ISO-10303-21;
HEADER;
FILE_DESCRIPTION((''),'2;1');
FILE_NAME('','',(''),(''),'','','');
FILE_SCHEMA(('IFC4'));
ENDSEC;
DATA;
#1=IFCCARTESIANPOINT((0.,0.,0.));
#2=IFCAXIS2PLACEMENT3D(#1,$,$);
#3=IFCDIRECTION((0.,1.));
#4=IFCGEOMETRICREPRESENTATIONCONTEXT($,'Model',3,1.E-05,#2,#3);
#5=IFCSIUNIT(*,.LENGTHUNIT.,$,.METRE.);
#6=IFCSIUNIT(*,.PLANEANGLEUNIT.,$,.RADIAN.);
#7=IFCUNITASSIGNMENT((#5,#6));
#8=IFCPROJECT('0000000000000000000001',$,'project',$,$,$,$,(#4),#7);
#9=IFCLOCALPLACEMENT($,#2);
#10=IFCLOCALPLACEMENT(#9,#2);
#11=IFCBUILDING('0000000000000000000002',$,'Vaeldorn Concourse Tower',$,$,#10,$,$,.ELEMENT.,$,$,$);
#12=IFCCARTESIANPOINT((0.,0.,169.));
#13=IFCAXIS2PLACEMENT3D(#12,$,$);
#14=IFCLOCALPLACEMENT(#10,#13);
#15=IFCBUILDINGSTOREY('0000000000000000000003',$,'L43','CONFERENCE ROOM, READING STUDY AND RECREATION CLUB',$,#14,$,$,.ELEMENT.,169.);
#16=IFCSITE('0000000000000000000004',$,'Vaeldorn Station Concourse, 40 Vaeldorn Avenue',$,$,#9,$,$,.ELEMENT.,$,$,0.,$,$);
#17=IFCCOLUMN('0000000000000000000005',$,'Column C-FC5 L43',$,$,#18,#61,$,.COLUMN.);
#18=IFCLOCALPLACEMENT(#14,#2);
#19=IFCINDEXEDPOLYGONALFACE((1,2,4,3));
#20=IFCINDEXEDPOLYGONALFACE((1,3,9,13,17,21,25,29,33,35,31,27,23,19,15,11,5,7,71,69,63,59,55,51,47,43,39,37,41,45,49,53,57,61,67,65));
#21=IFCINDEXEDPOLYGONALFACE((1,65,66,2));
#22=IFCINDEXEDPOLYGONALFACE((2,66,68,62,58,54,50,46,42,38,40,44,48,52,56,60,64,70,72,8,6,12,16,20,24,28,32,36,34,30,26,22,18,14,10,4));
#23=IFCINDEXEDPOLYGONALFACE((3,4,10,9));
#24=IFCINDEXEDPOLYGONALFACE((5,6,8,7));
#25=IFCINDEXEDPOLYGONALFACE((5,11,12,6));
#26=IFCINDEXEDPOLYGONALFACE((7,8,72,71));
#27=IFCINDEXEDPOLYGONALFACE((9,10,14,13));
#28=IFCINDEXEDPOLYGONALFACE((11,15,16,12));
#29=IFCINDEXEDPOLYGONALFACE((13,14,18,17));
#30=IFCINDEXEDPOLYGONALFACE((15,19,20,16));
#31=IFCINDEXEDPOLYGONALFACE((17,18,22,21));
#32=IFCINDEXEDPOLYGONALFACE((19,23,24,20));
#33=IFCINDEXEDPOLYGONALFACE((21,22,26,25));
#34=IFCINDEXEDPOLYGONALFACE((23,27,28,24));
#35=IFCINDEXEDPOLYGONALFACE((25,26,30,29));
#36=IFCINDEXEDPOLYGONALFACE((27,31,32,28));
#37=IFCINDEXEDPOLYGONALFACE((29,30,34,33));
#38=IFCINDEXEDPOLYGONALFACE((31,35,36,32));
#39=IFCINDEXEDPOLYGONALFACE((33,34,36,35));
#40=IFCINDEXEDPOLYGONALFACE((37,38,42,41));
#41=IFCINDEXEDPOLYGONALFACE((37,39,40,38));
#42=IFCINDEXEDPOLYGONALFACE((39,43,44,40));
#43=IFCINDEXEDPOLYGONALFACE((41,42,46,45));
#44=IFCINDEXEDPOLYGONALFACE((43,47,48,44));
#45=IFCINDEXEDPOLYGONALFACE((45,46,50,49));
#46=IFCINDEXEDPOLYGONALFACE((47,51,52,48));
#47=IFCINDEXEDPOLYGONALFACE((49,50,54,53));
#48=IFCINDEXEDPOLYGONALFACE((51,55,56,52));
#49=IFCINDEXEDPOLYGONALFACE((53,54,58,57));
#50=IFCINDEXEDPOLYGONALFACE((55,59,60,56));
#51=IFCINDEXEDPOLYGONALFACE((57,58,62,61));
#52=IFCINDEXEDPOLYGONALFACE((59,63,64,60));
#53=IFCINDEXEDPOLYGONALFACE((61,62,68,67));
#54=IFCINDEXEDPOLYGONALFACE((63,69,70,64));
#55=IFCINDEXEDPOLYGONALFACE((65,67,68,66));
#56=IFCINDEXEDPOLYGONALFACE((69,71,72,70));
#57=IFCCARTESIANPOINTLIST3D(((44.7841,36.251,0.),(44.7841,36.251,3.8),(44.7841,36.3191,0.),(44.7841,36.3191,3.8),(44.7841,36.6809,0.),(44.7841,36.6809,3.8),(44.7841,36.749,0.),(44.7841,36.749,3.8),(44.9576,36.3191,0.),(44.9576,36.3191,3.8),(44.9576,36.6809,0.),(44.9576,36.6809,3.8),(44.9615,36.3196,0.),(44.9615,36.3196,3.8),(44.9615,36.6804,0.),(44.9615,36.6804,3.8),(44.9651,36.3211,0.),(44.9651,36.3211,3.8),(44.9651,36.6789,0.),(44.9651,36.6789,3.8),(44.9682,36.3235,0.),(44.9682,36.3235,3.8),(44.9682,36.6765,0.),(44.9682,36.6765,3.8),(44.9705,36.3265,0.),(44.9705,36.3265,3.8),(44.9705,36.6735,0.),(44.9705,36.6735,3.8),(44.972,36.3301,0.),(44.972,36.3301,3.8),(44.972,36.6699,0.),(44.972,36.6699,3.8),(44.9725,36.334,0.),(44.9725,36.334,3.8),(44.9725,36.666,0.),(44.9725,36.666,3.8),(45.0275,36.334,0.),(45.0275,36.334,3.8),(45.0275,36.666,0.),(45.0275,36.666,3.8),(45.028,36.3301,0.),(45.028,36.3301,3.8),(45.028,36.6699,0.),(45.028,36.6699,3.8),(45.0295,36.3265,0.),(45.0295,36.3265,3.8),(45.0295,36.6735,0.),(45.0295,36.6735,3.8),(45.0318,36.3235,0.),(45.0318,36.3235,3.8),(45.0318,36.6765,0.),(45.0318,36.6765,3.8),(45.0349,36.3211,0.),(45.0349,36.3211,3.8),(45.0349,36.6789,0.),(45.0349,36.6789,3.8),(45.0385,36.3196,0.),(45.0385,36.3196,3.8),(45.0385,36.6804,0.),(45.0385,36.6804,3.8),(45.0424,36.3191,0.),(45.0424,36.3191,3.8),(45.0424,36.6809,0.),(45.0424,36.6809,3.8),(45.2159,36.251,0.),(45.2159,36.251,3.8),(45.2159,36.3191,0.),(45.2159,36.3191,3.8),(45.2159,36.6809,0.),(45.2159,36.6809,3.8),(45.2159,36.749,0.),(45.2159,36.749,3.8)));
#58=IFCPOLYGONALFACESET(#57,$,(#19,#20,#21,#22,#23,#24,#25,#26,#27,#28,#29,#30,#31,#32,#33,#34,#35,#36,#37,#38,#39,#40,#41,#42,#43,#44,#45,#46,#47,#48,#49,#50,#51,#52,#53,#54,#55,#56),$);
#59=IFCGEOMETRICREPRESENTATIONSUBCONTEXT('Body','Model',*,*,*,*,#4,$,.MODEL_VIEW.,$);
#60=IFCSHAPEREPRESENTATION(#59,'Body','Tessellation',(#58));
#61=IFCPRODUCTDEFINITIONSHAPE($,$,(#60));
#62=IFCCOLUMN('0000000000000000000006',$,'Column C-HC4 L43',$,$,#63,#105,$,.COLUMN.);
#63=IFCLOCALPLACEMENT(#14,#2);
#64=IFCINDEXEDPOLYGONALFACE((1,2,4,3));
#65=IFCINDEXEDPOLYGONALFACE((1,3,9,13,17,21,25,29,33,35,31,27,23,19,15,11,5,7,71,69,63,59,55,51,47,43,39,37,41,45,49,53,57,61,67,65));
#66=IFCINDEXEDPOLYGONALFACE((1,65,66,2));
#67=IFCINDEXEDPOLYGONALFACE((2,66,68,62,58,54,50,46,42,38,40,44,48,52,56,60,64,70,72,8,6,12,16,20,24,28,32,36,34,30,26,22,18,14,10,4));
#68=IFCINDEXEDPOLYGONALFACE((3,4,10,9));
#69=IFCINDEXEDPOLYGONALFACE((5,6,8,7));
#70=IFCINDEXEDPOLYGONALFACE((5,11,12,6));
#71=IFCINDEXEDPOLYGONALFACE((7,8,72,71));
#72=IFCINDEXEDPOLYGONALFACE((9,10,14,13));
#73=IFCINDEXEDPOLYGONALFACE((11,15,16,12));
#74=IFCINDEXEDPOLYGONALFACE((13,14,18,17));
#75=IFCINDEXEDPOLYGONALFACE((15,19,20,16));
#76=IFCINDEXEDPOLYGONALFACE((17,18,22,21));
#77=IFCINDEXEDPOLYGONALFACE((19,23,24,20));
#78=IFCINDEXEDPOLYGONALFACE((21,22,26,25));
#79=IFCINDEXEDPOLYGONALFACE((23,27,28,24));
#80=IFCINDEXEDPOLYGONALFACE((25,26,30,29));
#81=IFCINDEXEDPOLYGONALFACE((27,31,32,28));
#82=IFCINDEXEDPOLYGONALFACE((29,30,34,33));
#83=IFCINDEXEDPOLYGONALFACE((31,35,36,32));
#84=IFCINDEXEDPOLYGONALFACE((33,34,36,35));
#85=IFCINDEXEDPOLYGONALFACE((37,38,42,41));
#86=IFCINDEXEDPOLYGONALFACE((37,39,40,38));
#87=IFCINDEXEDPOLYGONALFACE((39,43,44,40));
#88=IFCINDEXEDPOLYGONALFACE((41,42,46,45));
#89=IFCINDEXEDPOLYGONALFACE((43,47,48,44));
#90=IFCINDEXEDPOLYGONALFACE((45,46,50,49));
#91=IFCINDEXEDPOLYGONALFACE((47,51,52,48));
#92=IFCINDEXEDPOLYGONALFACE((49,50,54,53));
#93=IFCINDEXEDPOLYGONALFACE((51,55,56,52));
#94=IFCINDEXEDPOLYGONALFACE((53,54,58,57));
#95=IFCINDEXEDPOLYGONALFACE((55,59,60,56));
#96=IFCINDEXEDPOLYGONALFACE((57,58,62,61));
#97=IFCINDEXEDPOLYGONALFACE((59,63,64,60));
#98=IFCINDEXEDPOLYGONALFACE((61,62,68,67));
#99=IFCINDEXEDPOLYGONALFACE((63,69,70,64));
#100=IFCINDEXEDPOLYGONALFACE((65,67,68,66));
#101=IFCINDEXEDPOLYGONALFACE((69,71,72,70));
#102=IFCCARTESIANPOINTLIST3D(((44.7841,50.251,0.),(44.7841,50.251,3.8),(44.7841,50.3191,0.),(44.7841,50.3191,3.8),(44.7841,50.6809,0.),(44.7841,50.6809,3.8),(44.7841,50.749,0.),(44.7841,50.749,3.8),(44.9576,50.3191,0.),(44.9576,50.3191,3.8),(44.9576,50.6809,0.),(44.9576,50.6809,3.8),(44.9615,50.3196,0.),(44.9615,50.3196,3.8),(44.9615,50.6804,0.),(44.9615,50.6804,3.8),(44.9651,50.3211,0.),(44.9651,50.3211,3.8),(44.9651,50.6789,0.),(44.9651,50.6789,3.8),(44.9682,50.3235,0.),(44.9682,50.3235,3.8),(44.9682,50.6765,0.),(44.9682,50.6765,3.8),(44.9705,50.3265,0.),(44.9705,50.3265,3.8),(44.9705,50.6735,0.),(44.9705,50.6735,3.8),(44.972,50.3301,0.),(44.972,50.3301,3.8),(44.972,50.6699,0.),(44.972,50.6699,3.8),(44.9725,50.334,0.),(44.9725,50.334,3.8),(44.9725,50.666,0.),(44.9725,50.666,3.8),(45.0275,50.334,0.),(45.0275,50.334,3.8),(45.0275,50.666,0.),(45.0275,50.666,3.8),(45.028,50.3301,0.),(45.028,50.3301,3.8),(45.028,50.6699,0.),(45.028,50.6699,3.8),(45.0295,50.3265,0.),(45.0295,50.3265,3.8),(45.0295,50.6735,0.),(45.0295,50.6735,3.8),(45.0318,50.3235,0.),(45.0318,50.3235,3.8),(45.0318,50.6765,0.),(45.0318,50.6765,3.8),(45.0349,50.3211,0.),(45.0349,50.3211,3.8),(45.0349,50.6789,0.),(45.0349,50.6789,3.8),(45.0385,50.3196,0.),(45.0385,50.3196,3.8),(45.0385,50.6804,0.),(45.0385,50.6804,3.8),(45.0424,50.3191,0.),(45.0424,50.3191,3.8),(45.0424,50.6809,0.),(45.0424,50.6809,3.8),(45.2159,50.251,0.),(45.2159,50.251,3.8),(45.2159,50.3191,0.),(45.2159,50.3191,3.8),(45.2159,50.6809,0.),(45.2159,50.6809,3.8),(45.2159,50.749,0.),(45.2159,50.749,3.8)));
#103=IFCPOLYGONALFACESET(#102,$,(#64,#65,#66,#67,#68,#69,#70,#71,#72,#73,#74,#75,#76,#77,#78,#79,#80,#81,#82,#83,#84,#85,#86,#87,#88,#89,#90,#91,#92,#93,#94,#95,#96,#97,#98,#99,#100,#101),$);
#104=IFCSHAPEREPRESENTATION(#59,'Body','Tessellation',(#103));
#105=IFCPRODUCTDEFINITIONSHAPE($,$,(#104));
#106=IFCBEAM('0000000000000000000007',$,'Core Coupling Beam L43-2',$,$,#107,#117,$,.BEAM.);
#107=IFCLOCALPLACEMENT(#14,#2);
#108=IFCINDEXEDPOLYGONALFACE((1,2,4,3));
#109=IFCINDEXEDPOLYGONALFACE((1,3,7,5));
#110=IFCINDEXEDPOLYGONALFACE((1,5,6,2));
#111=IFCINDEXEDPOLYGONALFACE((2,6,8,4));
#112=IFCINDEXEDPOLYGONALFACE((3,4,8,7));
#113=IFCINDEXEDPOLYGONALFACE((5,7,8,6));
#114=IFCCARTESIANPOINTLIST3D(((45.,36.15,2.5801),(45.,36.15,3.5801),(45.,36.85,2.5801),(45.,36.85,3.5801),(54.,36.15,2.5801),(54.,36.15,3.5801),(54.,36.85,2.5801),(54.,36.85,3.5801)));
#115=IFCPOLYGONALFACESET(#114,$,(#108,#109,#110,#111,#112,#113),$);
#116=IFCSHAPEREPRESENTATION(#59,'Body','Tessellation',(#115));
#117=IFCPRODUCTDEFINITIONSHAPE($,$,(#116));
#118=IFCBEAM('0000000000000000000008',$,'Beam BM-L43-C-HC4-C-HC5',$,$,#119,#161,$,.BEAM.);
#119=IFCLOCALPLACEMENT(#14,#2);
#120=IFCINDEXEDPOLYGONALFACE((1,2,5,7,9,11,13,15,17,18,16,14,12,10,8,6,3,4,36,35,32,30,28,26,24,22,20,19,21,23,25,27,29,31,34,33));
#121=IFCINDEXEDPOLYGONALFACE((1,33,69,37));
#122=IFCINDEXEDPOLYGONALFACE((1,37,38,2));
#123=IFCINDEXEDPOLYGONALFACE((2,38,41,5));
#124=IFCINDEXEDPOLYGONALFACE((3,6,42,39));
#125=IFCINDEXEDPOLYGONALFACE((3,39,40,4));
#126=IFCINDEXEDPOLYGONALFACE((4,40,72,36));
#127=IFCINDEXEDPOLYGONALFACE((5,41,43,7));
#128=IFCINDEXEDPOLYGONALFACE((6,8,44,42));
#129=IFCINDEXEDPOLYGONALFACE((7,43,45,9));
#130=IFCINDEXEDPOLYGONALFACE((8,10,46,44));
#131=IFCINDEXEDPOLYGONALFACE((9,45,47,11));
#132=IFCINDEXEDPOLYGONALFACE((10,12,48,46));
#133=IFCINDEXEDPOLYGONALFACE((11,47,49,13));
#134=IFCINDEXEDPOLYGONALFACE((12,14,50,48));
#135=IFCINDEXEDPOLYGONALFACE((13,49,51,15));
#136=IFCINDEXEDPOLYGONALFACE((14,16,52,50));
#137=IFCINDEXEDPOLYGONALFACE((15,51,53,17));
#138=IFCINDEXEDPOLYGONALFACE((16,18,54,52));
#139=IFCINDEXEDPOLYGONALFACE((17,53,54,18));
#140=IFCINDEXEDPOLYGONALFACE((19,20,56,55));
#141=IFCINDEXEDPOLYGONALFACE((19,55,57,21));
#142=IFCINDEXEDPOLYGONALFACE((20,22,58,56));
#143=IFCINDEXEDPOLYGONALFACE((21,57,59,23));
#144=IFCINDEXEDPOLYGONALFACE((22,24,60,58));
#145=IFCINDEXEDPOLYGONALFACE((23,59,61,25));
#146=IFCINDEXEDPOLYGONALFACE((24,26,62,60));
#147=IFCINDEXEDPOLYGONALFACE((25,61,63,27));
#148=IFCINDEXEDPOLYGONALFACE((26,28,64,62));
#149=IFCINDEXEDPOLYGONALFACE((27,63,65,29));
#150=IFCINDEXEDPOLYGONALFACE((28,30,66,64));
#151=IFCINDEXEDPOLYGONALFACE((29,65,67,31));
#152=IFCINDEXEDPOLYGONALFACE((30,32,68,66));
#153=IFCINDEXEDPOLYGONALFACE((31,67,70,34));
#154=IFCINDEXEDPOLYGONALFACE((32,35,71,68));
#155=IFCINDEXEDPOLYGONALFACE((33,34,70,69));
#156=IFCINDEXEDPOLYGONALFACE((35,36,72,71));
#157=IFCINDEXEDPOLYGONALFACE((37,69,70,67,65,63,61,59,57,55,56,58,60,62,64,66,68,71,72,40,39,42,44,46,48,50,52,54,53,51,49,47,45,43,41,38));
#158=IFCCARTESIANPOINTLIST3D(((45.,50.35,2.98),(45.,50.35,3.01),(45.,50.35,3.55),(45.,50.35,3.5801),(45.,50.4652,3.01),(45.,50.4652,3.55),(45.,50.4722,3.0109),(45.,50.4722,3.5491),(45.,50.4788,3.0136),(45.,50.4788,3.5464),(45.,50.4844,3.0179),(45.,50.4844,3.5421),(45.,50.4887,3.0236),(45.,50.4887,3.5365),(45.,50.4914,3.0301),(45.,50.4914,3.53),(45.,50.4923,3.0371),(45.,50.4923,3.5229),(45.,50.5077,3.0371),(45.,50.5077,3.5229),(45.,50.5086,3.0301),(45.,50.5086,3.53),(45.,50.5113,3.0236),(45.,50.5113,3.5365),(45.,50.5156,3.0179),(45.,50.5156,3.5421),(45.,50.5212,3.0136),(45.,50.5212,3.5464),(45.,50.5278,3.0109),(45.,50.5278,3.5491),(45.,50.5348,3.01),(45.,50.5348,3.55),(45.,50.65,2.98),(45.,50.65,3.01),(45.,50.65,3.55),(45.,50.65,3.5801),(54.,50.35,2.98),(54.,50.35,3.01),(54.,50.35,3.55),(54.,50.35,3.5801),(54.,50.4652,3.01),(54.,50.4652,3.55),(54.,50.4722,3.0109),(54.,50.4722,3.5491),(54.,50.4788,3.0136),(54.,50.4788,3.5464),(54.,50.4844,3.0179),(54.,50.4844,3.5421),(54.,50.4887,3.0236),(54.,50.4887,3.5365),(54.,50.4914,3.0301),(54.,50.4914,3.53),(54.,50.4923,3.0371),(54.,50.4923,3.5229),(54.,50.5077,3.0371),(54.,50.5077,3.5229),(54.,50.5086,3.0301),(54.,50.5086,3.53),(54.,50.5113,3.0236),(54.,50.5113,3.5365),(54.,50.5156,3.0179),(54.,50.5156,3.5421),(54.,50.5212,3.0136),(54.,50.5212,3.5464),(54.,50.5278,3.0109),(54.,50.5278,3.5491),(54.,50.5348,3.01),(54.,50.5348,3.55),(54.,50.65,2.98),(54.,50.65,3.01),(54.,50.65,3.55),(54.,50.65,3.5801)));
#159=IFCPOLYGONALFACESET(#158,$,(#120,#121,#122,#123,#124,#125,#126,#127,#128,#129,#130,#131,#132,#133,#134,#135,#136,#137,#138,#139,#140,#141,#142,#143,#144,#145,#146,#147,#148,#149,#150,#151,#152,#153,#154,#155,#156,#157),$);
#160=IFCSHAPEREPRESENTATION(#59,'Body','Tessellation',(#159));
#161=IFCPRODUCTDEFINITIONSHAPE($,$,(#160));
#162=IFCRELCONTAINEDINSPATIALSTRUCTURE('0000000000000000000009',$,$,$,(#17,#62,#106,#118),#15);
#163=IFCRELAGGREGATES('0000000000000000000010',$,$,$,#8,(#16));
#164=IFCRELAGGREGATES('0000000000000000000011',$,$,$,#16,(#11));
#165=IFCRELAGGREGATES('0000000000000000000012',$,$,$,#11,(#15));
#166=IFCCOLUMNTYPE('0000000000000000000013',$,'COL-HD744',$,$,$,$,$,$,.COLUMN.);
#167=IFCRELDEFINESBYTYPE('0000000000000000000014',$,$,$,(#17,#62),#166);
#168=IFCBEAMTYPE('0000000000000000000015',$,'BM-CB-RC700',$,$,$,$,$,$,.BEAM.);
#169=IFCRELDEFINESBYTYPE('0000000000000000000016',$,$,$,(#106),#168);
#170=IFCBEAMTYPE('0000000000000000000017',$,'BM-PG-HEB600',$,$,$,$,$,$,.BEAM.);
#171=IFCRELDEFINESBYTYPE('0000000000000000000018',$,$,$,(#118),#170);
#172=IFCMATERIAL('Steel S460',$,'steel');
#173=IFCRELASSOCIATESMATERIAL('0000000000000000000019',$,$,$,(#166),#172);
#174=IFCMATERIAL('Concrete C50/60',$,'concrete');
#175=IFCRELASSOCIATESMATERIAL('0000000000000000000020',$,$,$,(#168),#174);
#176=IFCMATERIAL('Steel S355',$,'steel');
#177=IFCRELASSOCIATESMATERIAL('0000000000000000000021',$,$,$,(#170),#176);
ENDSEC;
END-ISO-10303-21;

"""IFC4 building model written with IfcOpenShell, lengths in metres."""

from ifc_helpers import new_model, si_unit, direction, frame, origin, origin_2d, place, context, subcontext, project, spatial, rectangle, i_section, extrude, source, transform, mapped, material, material_profile, profile_set, type_object, element, save


model = new_model("IFC4")

# Units and contexts
model_context = context("Model", 3, precision=1e-05, world=origin(), true_north=direction((0.0, 1.0)))
body_context = subcontext(model_context, "Body", "Model", "MODEL_VIEW")
ifc_project = project(units=[si_unit("LENGTHUNIT", "METRE"), si_unit("PLANEANGLEUNIT", "RADIAN")], contexts=[model_context])

# Site, building, storey
site_placement = place(None, origin())
site = spatial("IfcSite", under=ifc_project, at=site_placement, Name="Vaeldorn Station Concourse, 40 Vaeldorn Avenue", CompositionType="ELEMENT", RefElevation=0.0)
building_placement = place(site_placement, origin())
building = spatial("IfcBuilding", under=site, at=building_placement, Name="Vaeldorn Concourse Tower", CompositionType="ELEMENT")
storey_placement = place(building_placement, frame((0.0, 0.0, 169.0)))
storey = spatial("IfcBuildingStorey", under=building, at=storey_placement, Name="L43", Description="CONFERENCE ROOM, READING STUDY AND RECREATION CLUB", CompositionType="ELEMENT", Elevation=169.0)

# Columns
ifc_material_1 = material(Name="Steel S460", Category="steel")
ifc_material_profile_1 = material_profile(ifc_material_1, i_section(OverallWidth=0.4319, OverallDepth=0.498, WebThickness=0.0549, FlangeThickness=0.0681, FilletRadius=0.0149, at=origin_2d()), Name="HD 400x744")
ifc_profile_set_1 = profile_set([ifc_material_profile_1], Name="Steel S460")
column_type = type_object("IfcColumnType", Name="COL-HD744", PredefinedType="COLUMN", material=ifc_profile_set_1)
shared_shape_1 = source(origin(), body_context, "Body", "SweptSolid", [
    extrude(i_section(OverallWidth=0.4319, OverallDepth=0.498, WebThickness=0.0549, FlangeThickness=0.0681, FilletRadius=0.0149, at=origin_2d()), origin(), (0.0, 0.0, 1.0), 3.8),
])
for number, where, z_axis, x_axis, name in (
    (1, (45.0, 36.5, 0.0), (0.0, 0.0, 1.0), (1.0, 0.0, 0.0), "Column C-FC5 L43"),
    (2, (45.0, 50.5, 0.0), (0.0, 0.0, 1.0), (1.0, 0.0, 0.0), "Column C-HC4 L43"),
):
    element("IfcColumn", number, at=place(storey_placement, frame(where, z_axis=z_axis, x_axis=x_axis)), inside=storey, type_object=column_type, Name=name, PredefinedType="COLUMN", context=body_context, shape_type="MappedRepresentation", body=[
        mapped(shared_shape_1, transform((0.0, 0.0, 0.0), scale=1.0)),
    ])

# Beams
ifc_material_2 = material(Name="Concrete C50/60", Category="concrete")
ifc_material_profile_2 = material_profile(ifc_material_2, rectangle(XDim=0.7, YDim=1.0, at=origin_2d()), Name="RC 700x1000")
ifc_profile_set_2 = profile_set([ifc_material_profile_2], Name="Concrete C50/60")
beam_type_1 = type_object("IfcBeamType", Name="BM-CB-RC700", PredefinedType="BEAM", material=ifc_profile_set_2)
shared_shape_2 = source(origin(), body_context, "Body", "SweptSolid", [
    extrude(rectangle(XDim=0.7, YDim=1.0, at=origin_2d()), origin(), (0.0, 0.0, 1.0), 9.0),
])
beam_1_placement = place(storey_placement, frame((45.0, 36.5, 3.0801), z_axis=(1.0, 0.0, 0.0), x_axis=(0.0, 1.0, 0.0)))
element("IfcBeam", 3, at=beam_1_placement, inside=storey, type_object=beam_type_1, Name="Core Coupling Beam L43-2", PredefinedType="BEAM", context=body_context, shape_type="MappedRepresentation", body=[
    mapped(shared_shape_2, transform((0.0, 0.0, 0.0), scale=1.0)),
])
ifc_material_3 = material(Name="Steel S355", Category="steel")
ifc_material_profile_3 = material_profile(ifc_material_3, i_section(OverallWidth=0.3, OverallDepth=0.6001, WebThickness=0.0154, FlangeThickness=0.03, FilletRadius=0.0271, at=origin_2d()), Name="HEB 600")
ifc_profile_set_3 = profile_set([ifc_material_profile_3], Name="Steel S355")
beam_type_2 = type_object("IfcBeamType", Name="BM-PG-HEB600", PredefinedType="BEAM", material=ifc_profile_set_3)
shared_shape_3 = source(origin(), body_context, "Body", "SweptSolid", [
    extrude(i_section(OverallWidth=0.3, OverallDepth=0.6001, WebThickness=0.0154, FlangeThickness=0.03, FilletRadius=0.0271, at=origin_2d()), origin(), (0.0, 0.0, 1.0), 9.0),
])
beam_2_placement = place(storey_placement, frame((45.0, 50.5, 3.28), z_axis=(1.0, 0.0, 0.0), x_axis=(0.0, 1.0, 0.0)))
element("IfcBeam", 4, at=beam_2_placement, inside=storey, type_object=beam_type_2, Name="Beam BM-L43-C-HC4-C-HC5", PredefinedType="BEAM", context=body_context, shape_type="MappedRepresentation", body=[
    mapped(shared_shape_3, transform((0.0, 0.0, 0.0), scale=1.0)),
])

save(model, "model.ifc")
